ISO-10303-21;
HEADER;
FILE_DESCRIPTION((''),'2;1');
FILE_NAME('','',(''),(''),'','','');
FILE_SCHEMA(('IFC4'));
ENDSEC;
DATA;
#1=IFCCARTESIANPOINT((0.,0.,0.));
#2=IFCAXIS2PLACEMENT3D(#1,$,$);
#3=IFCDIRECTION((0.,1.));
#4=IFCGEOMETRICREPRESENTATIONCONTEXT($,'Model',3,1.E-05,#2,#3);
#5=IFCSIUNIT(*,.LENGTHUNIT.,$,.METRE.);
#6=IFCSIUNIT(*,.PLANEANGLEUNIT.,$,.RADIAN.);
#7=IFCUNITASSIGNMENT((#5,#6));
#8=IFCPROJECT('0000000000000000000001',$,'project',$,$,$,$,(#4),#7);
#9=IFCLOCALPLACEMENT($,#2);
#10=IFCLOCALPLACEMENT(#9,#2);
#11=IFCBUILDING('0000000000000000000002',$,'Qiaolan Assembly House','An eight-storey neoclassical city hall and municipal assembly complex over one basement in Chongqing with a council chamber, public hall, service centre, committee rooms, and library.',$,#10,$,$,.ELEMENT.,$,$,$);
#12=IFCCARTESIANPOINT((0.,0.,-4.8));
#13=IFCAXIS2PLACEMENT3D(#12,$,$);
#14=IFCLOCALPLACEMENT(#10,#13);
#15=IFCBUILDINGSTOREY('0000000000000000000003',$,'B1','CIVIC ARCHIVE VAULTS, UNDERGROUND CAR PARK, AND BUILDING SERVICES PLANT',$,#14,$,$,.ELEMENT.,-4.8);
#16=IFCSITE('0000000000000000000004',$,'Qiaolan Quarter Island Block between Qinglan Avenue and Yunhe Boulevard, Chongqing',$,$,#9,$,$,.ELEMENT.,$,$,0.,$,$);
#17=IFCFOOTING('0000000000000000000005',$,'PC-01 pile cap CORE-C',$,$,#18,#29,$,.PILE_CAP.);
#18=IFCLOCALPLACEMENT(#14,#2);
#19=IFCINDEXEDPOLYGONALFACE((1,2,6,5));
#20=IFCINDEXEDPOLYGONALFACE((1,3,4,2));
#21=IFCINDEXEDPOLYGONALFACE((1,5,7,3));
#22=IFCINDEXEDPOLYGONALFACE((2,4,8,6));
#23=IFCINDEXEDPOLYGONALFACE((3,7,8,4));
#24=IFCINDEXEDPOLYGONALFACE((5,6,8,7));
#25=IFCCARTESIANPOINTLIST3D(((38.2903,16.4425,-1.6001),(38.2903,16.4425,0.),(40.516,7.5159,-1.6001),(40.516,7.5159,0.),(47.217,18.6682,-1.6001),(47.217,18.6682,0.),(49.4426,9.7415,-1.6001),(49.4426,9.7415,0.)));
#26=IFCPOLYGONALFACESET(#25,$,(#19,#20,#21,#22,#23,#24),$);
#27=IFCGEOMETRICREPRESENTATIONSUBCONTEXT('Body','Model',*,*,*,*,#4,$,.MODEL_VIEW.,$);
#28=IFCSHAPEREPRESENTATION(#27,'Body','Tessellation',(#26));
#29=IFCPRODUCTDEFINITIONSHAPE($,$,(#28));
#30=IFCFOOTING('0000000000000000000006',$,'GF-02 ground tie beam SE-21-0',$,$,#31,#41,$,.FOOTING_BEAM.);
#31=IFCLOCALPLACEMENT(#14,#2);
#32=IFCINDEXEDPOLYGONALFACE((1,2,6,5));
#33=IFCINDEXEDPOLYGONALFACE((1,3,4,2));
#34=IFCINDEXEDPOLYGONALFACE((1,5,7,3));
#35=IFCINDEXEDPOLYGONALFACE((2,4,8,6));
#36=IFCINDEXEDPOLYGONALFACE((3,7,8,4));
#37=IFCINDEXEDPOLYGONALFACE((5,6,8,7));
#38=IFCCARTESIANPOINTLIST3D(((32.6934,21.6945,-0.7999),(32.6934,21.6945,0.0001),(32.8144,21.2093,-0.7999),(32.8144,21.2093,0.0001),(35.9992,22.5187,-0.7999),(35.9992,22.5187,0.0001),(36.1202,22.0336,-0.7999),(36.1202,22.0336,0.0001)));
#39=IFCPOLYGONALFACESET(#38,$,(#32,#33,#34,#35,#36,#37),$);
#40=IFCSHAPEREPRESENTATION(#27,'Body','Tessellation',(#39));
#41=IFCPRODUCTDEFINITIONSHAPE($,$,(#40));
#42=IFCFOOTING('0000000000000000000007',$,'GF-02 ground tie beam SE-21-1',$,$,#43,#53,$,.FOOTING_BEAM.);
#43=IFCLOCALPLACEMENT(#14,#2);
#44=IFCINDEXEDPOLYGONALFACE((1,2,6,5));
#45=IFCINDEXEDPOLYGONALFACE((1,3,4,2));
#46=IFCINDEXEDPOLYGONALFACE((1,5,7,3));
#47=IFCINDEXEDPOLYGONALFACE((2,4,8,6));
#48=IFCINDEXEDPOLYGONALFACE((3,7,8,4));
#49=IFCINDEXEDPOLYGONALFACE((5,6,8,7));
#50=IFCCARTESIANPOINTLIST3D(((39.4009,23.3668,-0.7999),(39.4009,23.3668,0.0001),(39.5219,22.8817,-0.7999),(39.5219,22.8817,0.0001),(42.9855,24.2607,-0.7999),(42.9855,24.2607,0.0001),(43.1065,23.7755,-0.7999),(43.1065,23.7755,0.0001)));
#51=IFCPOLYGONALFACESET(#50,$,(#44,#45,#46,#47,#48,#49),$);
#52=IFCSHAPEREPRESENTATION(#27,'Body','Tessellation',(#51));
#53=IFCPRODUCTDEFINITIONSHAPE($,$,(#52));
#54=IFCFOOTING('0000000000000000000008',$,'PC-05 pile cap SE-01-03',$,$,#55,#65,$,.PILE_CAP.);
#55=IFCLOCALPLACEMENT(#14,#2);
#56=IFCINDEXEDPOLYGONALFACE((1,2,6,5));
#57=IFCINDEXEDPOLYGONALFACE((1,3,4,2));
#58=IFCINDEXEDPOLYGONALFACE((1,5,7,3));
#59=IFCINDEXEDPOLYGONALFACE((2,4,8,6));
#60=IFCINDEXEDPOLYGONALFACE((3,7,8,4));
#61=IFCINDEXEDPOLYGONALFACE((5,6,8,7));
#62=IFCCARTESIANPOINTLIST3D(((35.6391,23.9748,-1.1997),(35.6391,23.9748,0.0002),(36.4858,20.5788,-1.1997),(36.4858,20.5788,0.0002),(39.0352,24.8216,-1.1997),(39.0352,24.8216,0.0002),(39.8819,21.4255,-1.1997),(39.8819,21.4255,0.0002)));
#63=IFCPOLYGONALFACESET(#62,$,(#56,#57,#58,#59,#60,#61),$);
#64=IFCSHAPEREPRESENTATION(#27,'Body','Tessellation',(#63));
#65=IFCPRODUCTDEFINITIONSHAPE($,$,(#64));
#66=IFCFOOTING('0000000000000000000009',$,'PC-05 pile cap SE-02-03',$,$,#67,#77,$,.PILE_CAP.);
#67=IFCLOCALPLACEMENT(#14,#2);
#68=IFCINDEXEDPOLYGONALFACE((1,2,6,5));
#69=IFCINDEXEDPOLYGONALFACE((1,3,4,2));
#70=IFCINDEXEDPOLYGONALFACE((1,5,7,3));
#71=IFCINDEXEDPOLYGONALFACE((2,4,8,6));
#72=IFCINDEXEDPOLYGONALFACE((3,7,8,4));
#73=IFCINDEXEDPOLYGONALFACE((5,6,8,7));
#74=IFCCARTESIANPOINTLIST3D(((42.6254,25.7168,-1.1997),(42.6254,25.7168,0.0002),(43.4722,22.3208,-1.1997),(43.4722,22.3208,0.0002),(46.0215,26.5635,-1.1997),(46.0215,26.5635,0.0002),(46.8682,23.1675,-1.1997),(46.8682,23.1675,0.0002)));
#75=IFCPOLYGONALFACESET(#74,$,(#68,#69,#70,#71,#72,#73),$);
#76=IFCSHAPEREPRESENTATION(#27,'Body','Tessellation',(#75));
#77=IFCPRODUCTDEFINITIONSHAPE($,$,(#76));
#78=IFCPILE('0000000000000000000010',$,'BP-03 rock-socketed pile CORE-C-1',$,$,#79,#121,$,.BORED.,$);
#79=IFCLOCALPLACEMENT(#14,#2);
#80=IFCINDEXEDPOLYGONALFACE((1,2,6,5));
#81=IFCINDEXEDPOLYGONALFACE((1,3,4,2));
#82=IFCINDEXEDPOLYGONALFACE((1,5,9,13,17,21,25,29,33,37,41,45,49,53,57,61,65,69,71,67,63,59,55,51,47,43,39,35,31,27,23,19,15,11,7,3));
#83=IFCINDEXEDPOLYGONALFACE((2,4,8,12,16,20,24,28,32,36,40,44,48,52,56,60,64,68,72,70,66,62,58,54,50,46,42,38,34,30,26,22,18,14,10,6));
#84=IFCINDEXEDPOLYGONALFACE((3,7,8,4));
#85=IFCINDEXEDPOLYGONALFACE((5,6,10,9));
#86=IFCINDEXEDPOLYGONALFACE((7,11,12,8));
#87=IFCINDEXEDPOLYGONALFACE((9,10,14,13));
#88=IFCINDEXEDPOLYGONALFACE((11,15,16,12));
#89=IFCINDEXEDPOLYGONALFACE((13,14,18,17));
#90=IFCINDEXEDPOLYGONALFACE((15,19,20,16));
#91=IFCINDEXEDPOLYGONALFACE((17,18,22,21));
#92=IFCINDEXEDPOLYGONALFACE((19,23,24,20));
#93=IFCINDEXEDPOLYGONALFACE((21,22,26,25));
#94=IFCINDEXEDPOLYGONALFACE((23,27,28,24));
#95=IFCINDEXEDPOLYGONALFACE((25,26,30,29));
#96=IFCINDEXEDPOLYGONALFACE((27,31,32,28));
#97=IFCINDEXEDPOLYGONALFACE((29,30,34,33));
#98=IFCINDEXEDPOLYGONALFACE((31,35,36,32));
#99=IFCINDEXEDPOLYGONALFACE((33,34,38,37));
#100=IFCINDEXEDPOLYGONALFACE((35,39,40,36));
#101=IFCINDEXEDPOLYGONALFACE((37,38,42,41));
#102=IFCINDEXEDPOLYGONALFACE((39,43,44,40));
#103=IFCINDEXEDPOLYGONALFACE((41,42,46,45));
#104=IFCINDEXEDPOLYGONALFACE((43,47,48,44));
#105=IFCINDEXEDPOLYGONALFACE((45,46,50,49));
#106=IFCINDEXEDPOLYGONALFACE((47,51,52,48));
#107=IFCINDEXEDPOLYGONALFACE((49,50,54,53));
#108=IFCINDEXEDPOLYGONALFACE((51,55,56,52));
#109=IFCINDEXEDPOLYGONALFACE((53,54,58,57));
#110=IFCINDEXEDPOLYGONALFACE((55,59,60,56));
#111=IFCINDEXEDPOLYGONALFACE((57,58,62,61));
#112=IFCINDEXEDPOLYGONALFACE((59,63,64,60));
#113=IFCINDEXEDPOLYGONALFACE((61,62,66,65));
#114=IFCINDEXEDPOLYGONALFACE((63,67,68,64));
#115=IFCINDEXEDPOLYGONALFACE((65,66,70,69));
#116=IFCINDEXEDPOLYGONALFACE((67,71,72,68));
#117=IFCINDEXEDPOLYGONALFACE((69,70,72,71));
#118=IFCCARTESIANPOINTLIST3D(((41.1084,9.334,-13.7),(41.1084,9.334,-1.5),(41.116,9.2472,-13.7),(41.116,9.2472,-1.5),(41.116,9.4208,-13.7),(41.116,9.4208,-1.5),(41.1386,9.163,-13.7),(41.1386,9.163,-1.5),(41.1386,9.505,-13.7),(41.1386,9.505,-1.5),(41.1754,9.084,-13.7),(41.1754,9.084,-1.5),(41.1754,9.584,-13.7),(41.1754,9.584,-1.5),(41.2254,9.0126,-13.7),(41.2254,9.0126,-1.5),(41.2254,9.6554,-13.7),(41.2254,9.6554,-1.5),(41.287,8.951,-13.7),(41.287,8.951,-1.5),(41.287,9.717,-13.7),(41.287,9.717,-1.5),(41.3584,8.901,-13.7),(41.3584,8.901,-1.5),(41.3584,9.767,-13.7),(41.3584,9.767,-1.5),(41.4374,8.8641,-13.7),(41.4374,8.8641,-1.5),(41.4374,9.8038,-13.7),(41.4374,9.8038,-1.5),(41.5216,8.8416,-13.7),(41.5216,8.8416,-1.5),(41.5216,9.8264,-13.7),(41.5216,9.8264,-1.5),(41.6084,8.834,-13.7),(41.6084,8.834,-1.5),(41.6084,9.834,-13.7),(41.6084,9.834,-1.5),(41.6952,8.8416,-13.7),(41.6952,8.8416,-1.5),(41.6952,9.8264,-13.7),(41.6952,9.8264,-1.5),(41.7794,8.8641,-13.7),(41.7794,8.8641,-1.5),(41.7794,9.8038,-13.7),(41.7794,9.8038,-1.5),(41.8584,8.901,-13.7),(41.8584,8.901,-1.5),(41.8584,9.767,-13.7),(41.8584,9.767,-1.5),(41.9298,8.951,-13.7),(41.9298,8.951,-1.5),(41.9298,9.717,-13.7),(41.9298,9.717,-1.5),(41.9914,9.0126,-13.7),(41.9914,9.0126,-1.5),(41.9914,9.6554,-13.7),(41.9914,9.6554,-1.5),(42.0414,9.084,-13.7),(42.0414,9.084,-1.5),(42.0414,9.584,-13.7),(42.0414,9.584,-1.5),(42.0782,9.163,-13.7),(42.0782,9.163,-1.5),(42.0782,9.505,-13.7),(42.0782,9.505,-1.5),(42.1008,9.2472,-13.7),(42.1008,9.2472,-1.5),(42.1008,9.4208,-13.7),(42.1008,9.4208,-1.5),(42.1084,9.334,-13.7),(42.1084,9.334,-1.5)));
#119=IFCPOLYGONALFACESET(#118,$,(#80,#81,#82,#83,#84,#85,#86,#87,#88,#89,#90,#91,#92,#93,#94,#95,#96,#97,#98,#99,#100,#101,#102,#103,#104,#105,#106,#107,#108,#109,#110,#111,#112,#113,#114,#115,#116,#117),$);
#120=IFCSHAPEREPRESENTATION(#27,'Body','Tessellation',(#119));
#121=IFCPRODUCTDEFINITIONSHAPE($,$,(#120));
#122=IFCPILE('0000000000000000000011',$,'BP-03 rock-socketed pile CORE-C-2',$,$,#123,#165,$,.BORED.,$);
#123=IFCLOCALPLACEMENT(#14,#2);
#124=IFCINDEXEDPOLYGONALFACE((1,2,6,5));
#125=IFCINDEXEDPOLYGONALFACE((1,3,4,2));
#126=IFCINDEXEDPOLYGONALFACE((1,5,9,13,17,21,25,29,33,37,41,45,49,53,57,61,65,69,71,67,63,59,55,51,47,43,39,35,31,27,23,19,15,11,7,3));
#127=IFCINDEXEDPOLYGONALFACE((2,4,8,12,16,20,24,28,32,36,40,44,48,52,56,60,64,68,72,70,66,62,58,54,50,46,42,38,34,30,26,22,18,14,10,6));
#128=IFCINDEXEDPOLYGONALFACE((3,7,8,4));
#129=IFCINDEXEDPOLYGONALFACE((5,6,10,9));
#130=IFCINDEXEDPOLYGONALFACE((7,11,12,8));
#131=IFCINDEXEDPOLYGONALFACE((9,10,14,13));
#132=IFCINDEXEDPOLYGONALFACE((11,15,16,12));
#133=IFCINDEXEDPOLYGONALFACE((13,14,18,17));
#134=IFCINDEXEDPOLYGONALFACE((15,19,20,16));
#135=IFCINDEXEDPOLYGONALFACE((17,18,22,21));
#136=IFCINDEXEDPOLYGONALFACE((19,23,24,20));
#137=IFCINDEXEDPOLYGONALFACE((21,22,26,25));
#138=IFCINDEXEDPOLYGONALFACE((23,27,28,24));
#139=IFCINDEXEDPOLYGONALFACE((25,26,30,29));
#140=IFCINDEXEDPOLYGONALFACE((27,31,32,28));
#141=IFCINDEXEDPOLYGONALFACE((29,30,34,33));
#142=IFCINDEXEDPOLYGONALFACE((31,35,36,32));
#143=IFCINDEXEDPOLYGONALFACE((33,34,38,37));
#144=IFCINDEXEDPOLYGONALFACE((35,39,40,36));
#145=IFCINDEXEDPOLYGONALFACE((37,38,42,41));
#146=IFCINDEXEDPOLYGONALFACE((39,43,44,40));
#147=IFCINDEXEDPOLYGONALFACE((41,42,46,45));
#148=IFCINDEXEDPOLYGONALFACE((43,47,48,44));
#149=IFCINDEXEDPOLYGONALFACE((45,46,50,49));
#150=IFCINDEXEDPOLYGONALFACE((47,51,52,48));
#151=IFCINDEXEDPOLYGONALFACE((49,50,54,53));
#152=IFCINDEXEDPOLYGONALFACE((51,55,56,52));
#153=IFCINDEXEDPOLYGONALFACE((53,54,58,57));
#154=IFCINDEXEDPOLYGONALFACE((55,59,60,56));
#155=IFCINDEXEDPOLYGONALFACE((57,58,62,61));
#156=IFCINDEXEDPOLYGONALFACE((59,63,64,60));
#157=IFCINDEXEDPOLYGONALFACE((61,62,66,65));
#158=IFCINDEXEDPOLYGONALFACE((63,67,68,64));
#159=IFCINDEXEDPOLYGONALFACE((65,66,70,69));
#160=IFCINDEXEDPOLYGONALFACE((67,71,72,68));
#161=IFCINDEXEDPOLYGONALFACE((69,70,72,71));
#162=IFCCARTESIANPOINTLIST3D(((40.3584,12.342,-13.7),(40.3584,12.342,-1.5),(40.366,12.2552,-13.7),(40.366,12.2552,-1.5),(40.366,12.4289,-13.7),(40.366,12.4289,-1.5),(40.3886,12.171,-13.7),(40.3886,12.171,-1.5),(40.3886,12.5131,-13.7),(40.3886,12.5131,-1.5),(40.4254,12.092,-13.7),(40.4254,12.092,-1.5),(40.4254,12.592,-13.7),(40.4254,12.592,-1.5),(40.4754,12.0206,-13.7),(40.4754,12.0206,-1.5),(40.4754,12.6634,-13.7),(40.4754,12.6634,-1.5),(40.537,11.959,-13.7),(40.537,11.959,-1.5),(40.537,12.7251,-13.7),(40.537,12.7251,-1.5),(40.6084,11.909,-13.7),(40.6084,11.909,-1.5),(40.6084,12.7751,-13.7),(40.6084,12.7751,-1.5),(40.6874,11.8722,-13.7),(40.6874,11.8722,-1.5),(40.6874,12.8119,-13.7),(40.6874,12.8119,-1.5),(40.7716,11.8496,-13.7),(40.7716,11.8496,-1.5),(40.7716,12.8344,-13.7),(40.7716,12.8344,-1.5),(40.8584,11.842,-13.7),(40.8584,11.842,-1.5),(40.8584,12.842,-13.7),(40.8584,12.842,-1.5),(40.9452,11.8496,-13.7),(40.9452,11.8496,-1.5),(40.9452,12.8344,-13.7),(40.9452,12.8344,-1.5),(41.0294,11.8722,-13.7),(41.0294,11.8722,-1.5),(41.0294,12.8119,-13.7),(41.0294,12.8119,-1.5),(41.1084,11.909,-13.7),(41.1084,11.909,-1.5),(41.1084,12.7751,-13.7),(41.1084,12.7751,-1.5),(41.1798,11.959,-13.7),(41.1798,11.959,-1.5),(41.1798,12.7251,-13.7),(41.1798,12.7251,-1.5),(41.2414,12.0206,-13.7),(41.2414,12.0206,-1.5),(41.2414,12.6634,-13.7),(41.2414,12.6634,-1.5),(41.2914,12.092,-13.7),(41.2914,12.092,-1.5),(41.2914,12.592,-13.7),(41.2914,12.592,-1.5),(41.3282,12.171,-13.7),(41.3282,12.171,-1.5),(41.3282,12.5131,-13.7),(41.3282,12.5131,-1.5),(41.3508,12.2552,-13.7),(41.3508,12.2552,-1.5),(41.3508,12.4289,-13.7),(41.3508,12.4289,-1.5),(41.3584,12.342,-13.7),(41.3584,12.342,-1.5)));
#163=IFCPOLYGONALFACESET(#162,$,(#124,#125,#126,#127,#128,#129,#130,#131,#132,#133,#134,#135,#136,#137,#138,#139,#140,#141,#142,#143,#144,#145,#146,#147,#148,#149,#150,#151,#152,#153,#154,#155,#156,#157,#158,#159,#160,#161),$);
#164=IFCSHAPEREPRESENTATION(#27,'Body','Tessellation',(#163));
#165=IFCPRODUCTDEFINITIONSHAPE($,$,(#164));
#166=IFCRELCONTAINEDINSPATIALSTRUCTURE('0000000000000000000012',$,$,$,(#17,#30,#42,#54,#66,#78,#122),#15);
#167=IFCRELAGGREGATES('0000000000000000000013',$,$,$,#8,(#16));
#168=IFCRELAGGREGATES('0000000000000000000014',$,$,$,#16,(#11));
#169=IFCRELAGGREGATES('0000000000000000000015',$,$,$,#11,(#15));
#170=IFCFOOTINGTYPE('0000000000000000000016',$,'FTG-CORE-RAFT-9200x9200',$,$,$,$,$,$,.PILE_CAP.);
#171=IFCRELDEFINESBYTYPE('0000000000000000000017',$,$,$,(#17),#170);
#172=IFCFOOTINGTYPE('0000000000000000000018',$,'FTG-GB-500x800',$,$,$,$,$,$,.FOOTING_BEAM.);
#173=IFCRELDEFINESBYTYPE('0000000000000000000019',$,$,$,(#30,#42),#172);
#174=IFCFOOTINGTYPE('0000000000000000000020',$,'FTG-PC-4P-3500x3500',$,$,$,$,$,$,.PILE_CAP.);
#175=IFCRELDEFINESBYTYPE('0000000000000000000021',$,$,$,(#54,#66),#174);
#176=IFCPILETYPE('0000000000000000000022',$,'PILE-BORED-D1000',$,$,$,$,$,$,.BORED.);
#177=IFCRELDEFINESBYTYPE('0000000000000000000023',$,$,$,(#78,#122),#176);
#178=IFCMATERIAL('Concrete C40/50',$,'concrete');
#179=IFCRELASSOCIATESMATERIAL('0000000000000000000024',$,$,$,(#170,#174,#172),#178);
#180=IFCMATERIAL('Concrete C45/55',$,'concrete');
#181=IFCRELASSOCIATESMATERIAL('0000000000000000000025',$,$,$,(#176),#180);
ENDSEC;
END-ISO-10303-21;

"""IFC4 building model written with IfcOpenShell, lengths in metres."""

from ifc_helpers import new_model, si_unit, direction, frame, origin, origin_2d, place, context, subcontext, project, spatial, rectangle, circle, extrude, material, material_profile, profile_set, type_object, element, save


model = new_model("IFC4")

# Units and contexts
model_context = context("Model", 3, precision=1e-05, world=origin(), true_north=direction((0.0, 1.0)))
body_context = subcontext(model_context, "Body", "Model", "MODEL_VIEW")
ifc_project = project(units=[si_unit("LENGTHUNIT", "METRE"), si_unit("PLANEANGLEUNIT", "RADIAN")], contexts=[model_context])

# Site, building, storey
site_placement = place(None, origin())
site = spatial("IfcSite", under=ifc_project, at=site_placement, Name="Qiaolan Quarter Island Block between Qinglan Avenue and Yunhe Boulevard, Chongqing", CompositionType="ELEMENT", RefElevation=0.0)
building_placement = place(site_placement, origin())
building = spatial("IfcBuilding", under=site, at=building_placement, Name="Qiaolan Assembly House", Description="An eight-storey neoclassical city hall and municipal assembly complex over one basement in Chongqing with a council chamber, public hall, service centre, committee rooms, and library.", CompositionType="ELEMENT")
storey_placement = place(building_placement, frame((0.0, 0.0, -4.8)))
storey = spatial("IfcBuildingStorey", under=building, at=storey_placement, Name="B1", Description="CIVIC ARCHIVE VAULTS, UNDERGROUND CAR PARK, AND BUILDING SERVICES PLANT", CompositionType="ELEMENT", Elevation=-4.8)

# Footings
ifc_material_1 = material(Name="Concrete C40/50", Category="concrete")
footing_type_1 = type_object("IfcFootingType", Name="FTG-CORE-RAFT-9200x9200", PredefinedType="PILE_CAP", material=ifc_material_1)
footing_1_placement = place(storey_placement, frame((43.8665, 13.092, -1.6001), z_axis=(0.0, 0.0, 1.0), x_axis=(0.970296, 0.241922, 0.0)))
element("IfcFooting", 1, at=footing_1_placement, inside=storey, type_object=footing_type_1, Name="PC-01 pile cap CORE-C", PredefinedType="PILE_CAP", context=body_context, shape_type="SweptSolid", body=[
    extrude(rectangle(XDim=9.2, YDim=9.2, at=origin_2d()), origin(), (0.0, 0.0, 1.0), 1.6001),
])
ifc_material_profile_1 = material_profile(ifc_material_1, rectangle(XDim=0.5, YDim=0.8, at=origin_2d()), Name="GF 500x800")
ifc_profile_set_1 = profile_set([ifc_material_profile_1], Name="Concrete C40/50")
footing_type_2 = type_object("IfcFootingType", Name="FTG-GB-500x800", PredefinedType="FOOTING_BEAM", material=ifc_profile_set_1)
footing_2_placement = place(storey_placement, frame((32.7539, 21.4519, -0.3999), z_axis=(0.970294, 0.241929, 0.0), x_axis=(-0.241929, 0.970294, 0.0)))
element("IfcFooting", 2, at=footing_2_placement, inside=storey, type_object=footing_type_2, Name="GF-02 ground tie beam SE-21-0", PredefinedType="FOOTING_BEAM", context=body_context, shape_type="SweptSolid", body=[
    extrude(rectangle(XDim=0.5, YDim=0.8, at=origin_2d()), origin(), (0.0, 0.0, 1.0), 3.407),
])
footing_3_placement = place(storey_placement, frame((39.4614, 23.1243, -0.3999), z_axis=(0.97029, 0.241945, 0.0), x_axis=(-0.241945, 0.97029, 0.0)))
element("IfcFooting", 3, at=footing_3_placement, inside=storey, type_object=footing_type_2, Name="GF-02 ground tie beam SE-21-1", PredefinedType="FOOTING_BEAM", context=body_context, shape_type="SweptSolid", body=[
    extrude(rectangle(XDim=0.5, YDim=0.8, at=origin_2d()), origin(), (0.0, 0.0, 1.0), 3.6943),
])
footing_type_3 = type_object("IfcFootingType", Name="FTG-PC-4P-3500x3500", PredefinedType="PILE_CAP", material=ifc_material_1)
for number, where, z_axis, x_axis, name in (
    (4, (37.7605, 22.7002, -1.1997), (0.0, 0.0, 1.0), (0.970296, 0.241922, 0.0), "PC-05 pile cap SE-01-03"),
    (5, (44.7468, 24.4421, -1.1997), (0.0, 0.0, 1.0), (0.970296, 0.241922, 0.0), "PC-05 pile cap SE-02-03"),
):
    element("IfcFooting", number, at=place(storey_placement, frame(where, z_axis=z_axis, x_axis=x_axis)), inside=storey, type_object=footing_type_3, Name=name, PredefinedType="PILE_CAP", context=body_context, shape_type="SweptSolid", body=[
        extrude(rectangle(XDim=3.5, YDim=3.5, at=origin_2d()), origin(), (0.0, 0.0, 1.0), 1.2),
    ])

# Piles
ifc_material_2 = material(Name="Concrete C45/55", Category="concrete")
ifc_material_profile_2 = material_profile(ifc_material_2, circle(Radius=0.5, at=origin_2d()), Name="PILE D1000")
ifc_profile_set_2 = profile_set([ifc_material_profile_2], Name="Concrete C45/55")
pile_type_1 = type_object("IfcPileType", Name="PILE-BORED-D1000", PredefinedType="BORED", material=ifc_profile_set_2)
for number, where, z_axis, x_axis, name in (
    (6, (41.6084, 9.334, -1.5), (0.0, 0.0, -1.0), (1.0, 0.0, 0.0), "BP-03 rock-socketed pile CORE-C-1"),
    (7, (40.8584, 12.342, -1.5), (0.0, 0.0, -1.0), (1.0, 0.0, 0.0), "BP-03 rock-socketed pile CORE-C-2"),
):
    element("IfcPile", number, at=place(storey_placement, frame(where, z_axis=z_axis, x_axis=x_axis)), inside=storey, type_object=pile_type_1, Name=name, PredefinedType="BORED", context=body_context, shape_type="SweptSolid", body=[
        extrude(circle(Radius=0.5, at=origin_2d()), origin(), (0.0, 0.0, 1.0), 12.2),
    ])

save(model, "model.ifc")
